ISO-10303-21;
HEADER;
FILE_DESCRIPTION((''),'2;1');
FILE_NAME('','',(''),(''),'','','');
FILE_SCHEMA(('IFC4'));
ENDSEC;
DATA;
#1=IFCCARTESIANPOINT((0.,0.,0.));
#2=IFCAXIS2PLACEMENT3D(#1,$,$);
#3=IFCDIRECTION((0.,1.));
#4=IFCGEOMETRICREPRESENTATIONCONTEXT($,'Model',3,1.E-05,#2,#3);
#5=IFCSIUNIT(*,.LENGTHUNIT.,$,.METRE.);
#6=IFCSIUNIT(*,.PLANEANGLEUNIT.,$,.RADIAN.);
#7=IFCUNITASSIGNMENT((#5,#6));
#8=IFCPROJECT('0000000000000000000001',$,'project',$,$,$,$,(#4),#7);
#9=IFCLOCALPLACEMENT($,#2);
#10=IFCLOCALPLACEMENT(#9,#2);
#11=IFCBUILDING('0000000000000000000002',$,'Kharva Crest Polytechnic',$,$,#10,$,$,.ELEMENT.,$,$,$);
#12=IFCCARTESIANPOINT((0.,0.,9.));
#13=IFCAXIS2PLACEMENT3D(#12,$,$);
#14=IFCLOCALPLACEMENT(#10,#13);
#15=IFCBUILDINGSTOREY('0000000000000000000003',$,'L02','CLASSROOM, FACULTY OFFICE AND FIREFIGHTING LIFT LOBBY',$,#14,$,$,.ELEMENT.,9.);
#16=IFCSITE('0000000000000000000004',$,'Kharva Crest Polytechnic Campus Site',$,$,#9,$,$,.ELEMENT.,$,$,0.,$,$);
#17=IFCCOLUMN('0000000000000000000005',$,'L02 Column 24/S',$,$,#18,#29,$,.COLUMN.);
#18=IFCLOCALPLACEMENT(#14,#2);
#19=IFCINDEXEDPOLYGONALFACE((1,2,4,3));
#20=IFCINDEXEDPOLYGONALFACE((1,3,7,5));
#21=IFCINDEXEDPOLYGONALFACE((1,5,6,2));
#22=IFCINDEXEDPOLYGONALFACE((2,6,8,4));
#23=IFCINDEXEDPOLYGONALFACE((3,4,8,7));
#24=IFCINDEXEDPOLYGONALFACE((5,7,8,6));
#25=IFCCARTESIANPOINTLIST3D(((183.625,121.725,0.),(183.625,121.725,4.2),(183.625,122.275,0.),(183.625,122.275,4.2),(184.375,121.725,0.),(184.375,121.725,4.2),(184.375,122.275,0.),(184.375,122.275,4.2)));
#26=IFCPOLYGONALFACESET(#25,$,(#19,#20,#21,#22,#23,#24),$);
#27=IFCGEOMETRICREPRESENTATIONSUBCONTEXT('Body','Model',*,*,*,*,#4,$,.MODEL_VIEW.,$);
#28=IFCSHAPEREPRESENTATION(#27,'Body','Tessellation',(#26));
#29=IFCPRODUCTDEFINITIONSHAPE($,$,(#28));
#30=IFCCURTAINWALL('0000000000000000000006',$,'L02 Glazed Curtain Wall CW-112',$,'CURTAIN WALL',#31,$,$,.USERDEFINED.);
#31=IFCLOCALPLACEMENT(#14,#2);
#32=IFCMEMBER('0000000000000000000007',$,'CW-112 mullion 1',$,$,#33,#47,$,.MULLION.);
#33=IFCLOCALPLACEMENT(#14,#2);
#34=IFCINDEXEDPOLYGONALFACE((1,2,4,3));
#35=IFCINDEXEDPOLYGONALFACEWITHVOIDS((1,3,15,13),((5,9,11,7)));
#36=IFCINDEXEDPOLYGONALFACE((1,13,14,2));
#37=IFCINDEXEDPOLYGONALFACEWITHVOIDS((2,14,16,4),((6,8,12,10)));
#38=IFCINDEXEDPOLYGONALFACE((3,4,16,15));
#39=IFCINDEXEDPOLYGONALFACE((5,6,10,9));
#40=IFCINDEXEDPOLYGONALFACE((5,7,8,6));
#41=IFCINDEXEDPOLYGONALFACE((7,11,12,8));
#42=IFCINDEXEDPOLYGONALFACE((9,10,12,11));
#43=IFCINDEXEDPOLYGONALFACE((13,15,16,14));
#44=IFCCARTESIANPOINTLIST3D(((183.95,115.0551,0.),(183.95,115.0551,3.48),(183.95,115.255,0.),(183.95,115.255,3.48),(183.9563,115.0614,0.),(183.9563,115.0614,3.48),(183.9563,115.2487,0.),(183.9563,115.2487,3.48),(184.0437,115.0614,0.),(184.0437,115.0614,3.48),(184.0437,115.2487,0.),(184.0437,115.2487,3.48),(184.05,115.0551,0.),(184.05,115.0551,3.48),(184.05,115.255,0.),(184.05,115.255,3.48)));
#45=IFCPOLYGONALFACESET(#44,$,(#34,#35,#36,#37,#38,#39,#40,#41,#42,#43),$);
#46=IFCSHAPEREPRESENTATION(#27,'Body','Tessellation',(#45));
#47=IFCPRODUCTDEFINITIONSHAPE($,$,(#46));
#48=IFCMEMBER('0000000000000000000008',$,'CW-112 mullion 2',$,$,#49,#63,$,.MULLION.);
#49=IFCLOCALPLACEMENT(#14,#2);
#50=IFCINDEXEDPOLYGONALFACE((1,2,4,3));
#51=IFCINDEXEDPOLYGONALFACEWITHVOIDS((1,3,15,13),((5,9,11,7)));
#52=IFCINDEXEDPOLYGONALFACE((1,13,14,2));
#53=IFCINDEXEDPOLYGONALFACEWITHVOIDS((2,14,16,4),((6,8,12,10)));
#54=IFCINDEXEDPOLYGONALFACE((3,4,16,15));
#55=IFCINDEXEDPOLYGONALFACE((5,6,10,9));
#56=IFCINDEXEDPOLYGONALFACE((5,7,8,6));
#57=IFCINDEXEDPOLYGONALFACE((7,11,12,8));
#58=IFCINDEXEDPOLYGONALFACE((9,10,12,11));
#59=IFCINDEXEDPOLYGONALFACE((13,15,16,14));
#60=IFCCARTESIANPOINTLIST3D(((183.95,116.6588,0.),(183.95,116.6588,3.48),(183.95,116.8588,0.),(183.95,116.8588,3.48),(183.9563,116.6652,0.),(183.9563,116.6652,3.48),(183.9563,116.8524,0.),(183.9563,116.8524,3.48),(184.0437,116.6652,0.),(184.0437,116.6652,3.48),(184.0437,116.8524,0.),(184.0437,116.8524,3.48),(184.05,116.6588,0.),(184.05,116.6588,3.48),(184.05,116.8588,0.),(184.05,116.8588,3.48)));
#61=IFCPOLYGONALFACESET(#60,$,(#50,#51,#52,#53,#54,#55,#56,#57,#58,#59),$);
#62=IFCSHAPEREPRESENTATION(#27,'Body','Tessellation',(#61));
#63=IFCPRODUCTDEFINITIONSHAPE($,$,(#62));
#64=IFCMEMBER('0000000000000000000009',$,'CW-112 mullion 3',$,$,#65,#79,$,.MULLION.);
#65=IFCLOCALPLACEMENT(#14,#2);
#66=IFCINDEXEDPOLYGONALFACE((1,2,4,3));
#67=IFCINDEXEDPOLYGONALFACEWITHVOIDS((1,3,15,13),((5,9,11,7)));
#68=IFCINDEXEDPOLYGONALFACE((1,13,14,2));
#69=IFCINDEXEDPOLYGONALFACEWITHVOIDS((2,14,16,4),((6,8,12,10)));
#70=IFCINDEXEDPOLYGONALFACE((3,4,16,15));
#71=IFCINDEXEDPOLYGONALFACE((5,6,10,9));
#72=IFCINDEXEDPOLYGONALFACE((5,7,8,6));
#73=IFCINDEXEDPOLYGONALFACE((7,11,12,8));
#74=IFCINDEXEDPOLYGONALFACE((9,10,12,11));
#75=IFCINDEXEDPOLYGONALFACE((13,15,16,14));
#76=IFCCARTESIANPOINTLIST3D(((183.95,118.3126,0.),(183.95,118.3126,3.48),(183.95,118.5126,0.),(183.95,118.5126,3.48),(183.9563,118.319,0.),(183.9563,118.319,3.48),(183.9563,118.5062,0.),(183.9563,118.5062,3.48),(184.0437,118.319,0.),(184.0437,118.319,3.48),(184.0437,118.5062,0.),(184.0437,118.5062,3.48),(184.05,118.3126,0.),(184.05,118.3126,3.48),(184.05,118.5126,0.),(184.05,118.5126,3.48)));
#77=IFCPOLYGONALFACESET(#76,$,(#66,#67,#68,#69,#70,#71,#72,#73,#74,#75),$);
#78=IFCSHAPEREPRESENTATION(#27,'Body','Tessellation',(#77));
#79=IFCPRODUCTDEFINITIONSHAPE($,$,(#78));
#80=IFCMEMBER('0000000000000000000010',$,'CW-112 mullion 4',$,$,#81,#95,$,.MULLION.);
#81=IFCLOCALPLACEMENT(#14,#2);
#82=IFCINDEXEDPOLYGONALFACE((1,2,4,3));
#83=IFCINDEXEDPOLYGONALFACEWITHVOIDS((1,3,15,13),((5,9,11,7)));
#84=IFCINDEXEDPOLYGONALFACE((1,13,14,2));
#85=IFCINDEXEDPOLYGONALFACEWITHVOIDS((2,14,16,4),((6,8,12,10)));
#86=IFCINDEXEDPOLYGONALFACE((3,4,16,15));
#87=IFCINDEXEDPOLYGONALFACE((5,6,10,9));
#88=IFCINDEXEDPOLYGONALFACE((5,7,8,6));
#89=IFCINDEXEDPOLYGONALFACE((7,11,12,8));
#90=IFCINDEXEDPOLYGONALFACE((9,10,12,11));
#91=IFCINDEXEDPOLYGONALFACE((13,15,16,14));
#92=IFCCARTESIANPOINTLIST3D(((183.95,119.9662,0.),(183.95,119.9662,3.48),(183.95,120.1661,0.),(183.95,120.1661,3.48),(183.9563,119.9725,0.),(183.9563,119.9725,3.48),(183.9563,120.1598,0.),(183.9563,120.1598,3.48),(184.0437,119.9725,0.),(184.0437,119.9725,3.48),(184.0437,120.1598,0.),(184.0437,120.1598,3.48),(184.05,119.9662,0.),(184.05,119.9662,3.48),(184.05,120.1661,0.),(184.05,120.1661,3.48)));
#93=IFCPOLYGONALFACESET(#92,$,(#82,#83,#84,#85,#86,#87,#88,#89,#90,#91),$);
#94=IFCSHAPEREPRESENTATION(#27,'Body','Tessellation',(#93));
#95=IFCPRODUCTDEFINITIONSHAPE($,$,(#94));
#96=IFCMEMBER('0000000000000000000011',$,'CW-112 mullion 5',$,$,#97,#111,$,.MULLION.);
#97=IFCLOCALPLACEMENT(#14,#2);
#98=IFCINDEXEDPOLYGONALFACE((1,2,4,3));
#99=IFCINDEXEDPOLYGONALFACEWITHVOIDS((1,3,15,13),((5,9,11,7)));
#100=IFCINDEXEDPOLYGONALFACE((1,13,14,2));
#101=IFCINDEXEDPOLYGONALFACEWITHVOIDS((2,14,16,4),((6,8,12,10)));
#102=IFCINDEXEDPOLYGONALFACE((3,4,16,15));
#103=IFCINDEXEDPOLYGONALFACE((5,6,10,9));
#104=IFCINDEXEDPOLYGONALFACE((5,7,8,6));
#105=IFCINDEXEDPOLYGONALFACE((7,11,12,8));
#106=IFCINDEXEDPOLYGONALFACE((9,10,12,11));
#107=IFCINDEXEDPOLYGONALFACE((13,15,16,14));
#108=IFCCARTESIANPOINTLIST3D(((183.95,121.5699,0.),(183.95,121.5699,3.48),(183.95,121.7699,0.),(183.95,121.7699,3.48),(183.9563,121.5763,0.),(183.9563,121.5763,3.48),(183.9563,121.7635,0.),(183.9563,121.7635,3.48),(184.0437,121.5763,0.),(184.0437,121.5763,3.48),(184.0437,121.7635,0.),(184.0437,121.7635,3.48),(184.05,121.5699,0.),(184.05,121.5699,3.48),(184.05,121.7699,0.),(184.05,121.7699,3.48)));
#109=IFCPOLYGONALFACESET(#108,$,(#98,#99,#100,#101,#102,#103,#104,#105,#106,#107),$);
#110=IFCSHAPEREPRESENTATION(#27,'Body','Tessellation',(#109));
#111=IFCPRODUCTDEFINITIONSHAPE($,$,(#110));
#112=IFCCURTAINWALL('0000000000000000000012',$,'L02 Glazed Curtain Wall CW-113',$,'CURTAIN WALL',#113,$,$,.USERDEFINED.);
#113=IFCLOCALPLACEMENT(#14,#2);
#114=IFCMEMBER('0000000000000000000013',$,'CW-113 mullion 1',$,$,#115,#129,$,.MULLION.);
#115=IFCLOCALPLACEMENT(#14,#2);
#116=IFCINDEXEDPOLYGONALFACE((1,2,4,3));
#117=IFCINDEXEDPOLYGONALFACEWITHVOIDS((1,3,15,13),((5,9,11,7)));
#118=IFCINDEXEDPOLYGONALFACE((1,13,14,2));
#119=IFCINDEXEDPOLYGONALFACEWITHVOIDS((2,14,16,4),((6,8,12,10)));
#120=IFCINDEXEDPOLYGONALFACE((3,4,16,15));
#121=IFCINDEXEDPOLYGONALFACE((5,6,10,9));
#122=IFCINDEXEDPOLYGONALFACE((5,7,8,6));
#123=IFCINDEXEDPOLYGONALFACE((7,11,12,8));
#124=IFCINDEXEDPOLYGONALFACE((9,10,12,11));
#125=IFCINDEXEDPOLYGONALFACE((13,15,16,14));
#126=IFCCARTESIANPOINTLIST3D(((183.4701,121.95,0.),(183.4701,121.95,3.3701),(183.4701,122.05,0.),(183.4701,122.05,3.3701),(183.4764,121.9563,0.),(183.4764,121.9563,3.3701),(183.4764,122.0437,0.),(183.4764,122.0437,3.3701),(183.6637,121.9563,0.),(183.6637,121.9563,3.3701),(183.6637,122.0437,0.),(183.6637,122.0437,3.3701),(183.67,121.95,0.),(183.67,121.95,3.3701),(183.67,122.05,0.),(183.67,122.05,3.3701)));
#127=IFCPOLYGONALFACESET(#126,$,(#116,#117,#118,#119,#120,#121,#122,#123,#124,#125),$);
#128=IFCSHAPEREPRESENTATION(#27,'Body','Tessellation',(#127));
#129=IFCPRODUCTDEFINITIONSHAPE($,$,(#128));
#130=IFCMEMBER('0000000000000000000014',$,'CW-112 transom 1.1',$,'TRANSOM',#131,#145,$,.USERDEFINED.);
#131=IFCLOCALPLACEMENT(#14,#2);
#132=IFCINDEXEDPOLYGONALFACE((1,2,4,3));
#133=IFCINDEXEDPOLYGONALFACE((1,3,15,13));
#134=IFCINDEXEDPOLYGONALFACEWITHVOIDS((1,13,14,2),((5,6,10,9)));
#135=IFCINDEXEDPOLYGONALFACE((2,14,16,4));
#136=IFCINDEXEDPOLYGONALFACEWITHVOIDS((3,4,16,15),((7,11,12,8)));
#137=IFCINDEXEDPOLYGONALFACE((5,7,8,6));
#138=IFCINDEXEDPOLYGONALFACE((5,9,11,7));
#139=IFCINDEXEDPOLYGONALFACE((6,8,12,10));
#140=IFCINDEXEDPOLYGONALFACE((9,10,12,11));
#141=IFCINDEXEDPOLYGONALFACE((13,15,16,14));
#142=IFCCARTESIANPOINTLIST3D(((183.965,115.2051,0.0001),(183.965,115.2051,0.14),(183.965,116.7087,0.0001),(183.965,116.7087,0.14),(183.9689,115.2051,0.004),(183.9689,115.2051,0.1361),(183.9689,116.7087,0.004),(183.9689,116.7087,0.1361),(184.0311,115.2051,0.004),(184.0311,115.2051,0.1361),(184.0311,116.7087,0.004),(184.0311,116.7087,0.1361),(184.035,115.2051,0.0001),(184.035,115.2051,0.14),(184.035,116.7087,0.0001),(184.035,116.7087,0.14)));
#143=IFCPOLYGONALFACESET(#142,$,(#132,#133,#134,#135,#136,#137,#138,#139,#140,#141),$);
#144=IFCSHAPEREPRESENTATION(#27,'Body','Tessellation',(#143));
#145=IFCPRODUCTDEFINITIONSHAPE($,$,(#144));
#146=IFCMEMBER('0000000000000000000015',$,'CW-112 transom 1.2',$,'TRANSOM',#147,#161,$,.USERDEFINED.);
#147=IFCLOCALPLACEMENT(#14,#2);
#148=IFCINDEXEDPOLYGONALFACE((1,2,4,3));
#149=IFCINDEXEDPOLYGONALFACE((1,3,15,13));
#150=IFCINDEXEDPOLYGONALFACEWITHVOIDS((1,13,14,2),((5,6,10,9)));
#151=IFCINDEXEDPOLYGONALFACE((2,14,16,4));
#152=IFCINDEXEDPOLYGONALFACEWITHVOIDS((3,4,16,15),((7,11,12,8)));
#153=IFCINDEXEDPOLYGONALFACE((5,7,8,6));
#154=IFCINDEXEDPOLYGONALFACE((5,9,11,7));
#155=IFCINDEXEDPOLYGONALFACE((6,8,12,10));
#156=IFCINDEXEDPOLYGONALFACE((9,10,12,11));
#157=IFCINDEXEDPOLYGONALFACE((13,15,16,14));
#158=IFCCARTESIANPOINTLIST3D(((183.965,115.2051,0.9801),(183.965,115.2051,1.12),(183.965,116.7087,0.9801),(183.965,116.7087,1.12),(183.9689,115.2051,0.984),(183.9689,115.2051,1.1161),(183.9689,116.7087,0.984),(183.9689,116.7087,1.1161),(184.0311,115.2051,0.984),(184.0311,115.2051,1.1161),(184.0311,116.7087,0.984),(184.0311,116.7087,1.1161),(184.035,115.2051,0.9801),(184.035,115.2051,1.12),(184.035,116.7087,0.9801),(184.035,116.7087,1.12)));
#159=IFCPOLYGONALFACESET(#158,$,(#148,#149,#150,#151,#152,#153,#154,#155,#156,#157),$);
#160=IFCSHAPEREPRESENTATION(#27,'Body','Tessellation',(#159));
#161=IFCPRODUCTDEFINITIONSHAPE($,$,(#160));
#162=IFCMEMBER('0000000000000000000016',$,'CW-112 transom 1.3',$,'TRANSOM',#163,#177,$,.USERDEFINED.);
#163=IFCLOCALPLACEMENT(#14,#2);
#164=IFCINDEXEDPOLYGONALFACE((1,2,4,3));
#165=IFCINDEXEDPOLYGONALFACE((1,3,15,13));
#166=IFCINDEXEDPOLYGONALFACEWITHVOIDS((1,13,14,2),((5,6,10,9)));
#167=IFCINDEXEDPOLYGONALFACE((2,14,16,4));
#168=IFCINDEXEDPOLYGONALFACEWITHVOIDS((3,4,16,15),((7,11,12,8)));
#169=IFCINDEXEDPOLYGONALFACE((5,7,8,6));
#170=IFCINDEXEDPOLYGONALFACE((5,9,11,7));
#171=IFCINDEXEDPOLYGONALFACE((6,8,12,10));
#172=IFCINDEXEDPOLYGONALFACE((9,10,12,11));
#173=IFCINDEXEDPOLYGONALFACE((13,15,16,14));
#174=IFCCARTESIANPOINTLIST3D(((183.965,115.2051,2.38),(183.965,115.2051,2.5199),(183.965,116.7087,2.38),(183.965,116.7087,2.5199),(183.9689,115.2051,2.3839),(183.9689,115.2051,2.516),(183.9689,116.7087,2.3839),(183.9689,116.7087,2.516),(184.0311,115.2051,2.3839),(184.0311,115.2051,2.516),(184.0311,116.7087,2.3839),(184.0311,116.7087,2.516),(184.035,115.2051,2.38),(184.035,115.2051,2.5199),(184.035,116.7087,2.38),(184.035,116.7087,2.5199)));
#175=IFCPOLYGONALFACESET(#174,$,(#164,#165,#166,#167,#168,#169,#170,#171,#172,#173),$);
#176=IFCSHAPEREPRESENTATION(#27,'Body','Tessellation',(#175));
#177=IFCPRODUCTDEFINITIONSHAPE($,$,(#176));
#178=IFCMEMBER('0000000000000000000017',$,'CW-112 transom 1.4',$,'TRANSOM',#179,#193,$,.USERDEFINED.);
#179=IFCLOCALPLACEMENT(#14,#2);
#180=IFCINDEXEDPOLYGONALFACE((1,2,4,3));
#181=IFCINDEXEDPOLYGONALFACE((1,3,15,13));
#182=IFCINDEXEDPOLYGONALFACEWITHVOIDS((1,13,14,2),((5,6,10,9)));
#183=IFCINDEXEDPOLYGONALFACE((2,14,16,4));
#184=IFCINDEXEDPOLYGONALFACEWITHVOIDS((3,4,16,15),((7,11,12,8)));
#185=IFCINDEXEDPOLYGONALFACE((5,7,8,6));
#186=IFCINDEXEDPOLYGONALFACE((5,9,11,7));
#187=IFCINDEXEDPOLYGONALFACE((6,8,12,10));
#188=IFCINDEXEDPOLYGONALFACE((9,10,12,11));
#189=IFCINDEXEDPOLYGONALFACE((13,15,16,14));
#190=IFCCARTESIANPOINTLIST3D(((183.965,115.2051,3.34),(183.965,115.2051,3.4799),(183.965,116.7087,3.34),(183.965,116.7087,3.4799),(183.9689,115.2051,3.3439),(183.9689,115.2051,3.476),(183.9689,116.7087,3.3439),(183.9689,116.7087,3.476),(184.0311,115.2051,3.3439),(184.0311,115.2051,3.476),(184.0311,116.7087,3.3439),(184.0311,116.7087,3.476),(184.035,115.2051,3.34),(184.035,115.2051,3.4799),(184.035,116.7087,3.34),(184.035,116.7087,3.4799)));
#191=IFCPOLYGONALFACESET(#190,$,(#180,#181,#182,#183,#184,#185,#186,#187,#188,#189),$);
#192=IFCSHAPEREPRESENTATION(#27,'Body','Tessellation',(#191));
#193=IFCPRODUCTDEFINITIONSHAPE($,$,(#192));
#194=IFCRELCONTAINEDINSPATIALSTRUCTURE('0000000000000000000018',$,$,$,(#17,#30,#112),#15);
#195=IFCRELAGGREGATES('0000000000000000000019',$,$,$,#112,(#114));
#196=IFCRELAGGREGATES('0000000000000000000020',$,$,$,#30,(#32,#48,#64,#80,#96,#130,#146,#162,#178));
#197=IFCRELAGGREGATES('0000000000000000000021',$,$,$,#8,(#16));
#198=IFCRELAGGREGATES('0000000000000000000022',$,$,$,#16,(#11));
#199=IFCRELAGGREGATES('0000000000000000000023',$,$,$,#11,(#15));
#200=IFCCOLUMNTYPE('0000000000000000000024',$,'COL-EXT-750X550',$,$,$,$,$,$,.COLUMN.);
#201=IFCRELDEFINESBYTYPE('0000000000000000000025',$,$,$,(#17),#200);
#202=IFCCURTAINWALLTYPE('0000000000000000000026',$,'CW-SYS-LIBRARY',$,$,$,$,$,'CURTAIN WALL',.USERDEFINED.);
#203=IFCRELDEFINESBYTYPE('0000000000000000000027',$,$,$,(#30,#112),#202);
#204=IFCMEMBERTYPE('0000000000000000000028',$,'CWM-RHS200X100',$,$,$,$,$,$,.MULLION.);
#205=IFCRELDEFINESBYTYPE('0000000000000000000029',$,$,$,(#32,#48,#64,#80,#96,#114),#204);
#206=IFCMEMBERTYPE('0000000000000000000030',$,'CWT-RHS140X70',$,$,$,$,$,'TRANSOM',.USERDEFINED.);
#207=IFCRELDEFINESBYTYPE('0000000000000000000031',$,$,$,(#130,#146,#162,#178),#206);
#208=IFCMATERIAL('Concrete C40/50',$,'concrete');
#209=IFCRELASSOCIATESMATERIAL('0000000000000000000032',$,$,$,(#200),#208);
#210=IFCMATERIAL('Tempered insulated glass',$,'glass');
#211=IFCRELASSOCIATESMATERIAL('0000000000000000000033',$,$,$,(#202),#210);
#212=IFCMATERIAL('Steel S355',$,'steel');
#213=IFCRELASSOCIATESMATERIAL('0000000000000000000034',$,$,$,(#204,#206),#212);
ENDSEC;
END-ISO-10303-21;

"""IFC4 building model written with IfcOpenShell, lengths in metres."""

from ifc_helpers import new_model, si_unit, direction, frame, origin, origin_2d, place, context, subcontext, project, spatial, rectangle, hollow_rectangle, extrude, material, material_profile, profile_set, type_object, element, aggregate, save


model = new_model("IFC4")

# Units and contexts
model_context = context("Model", 3, precision=1e-05, world=origin(), true_north=direction((0.0, 1.0)))
body_context = subcontext(model_context, "Body", "Model", "MODEL_VIEW")
ifc_project = project(units=[si_unit("LENGTHUNIT", "METRE"), si_unit("PLANEANGLEUNIT", "RADIAN")], contexts=[model_context])

# Site, building, storey
site_placement = place(None, origin())
site = spatial("IfcSite", under=ifc_project, at=site_placement, Name="Kharva Crest Polytechnic Campus Site", CompositionType="ELEMENT", RefElevation=0.0)
building_placement = place(site_placement, origin())
building = spatial("IfcBuilding", under=site, at=building_placement, Name="Kharva Crest Polytechnic", CompositionType="ELEMENT")
storey_placement = place(building_placement, frame((0.0, 0.0, 9.0)))
storey = spatial("IfcBuildingStorey", under=building, at=storey_placement, Name="L02", Description="CLASSROOM, FACULTY OFFICE AND FIREFIGHTING LIFT LOBBY", CompositionType="ELEMENT", Elevation=9.0)

# Column
ifc_material_1 = material(Name="Concrete C40/50", Category="concrete")
ifc_material_profile_1 = material_profile(ifc_material_1, rectangle(XDim=0.75, YDim=0.55, at=origin_2d()), Name="RECT 750 X 550")
ifc_profile_set_1 = profile_set([ifc_material_profile_1], Name="Concrete C40/50")
column_type = type_object("IfcColumnType", Name="COL-EXT-750X550", PredefinedType="COLUMN", material=ifc_profile_set_1)
column_placement = place(storey_placement, frame((184.0, 122.0, 0.0), z_axis=(0.0, 0.0, 1.0), x_axis=(1.0, 0.0, 0.0)))
element("IfcColumn", 1, at=column_placement, inside=storey, type_object=column_type, Name="L02 Column 24/S", PredefinedType="COLUMN", context=body_context, shape_type="SweptSolid", body=[
    extrude(rectangle(XDim=0.75, YDim=0.55, at=origin_2d()), origin(), (0.0, 0.0, 1.0), 4.2),
])

# Curtain wall, members
ifc_material_2 = material(Name="Tempered insulated glass", Category="glass")
curtain_wall_type = type_object("IfcCurtainWallType", Name="CW-SYS-LIBRARY", ElementType="CURTAIN WALL", PredefinedType="USERDEFINED", material=ifc_material_2)
curtain_wall_1_placement = place(storey_placement, origin())
curtain_wall_1 = element("IfcCurtainWall", 2, at=curtain_wall_1_placement, inside=storey, type_object=curtain_wall_type, Name="L02 Glazed Curtain Wall CW-112", ObjectType="CURTAIN WALL", PredefinedType="USERDEFINED")
ifc_material_3 = material(Name="Steel S355", Category="steel")
ifc_material_profile_2 = material_profile(ifc_material_3, hollow_rectangle(XDim=0.1001, YDim=0.2, WallThickness=0.0063, at=origin_2d()), Name="RHS 200X100X6.3")
ifc_profile_set_2 = profile_set([ifc_material_profile_2], Name="Steel S355")
member_type_1 = type_object("IfcMemberType", Name="CWM-RHS200X100", PredefinedType="MULLION", material=ifc_profile_set_2)
member_1_placement = place(storey_placement, frame((184.0, 115.155, 0.0), z_axis=(0.0, 0.0, 1.0), x_axis=(-1.0, 0.0, 0.0)))
member_1 = element("IfcMember", 3, at=member_1_placement, type_object=member_type_1, Name="CW-112 mullion 1", PredefinedType="MULLION", context=body_context, shape_type="SweptSolid", body=[
    extrude(hollow_rectangle(XDim=0.1001, YDim=0.2, WallThickness=0.0063, at=origin_2d()), origin(), (0.0, 0.0, 1.0), 3.48),
])
member_2_placement = place(storey_placement, frame((184.0, 116.7588, 0.0), z_axis=(0.0, 0.0, 1.0), x_axis=(-1.0, 0.0, 0.0)))
member_2 = element("IfcMember", 4, at=member_2_placement, type_object=member_type_1, Name="CW-112 mullion 2", PredefinedType="MULLION", context=body_context, shape_type="SweptSolid", body=[
    extrude(hollow_rectangle(XDim=0.1001, YDim=0.2, WallThickness=0.0063, at=origin_2d()), origin(), (0.0, 0.0, 1.0), 3.48),
])
member_3_placement = place(storey_placement, frame((184.0, 118.4126, 0.0), z_axis=(0.0, 0.0, 1.0), x_axis=(-1.0, 0.0, 0.0)))
member_3 = element("IfcMember", 5, at=member_3_placement, type_object=member_type_1, Name="CW-112 mullion 3", PredefinedType="MULLION", context=body_context, shape_type="SweptSolid", body=[
    extrude(hollow_rectangle(XDim=0.1001, YDim=0.2, WallThickness=0.0063, at=origin_2d()), origin(), (0.0, 0.0, 1.0), 3.48),
])
member_4_placement = place(storey_placement, frame((184.0, 120.0662, 0.0), z_axis=(0.0, 0.0, 1.0), x_axis=(-1.0, 0.0, 0.0)))
member_4 = element("IfcMember", 6, at=member_4_placement, type_object=member_type_1, Name="CW-112 mullion 4", PredefinedType="MULLION", context=body_context, shape_type="SweptSolid", body=[
    extrude(hollow_rectangle(XDim=0.1001, YDim=0.2, WallThickness=0.0063, at=origin_2d()), origin(), (0.0, 0.0, 1.0), 3.48),
])
member_5_placement = place(storey_placement, frame((184.0, 121.6699, 0.0), z_axis=(0.0, 0.0, 1.0), x_axis=(-1.0, 0.0, 0.0)))
member_5 = element("IfcMember", 7, at=member_5_placement, type_object=member_type_1, Name="CW-112 mullion 5", PredefinedType="MULLION", context=body_context, shape_type="SweptSolid", body=[
    extrude(hollow_rectangle(XDim=0.1001, YDim=0.2, WallThickness=0.0063, at=origin_2d()), origin(), (0.0, 0.0, 1.0), 3.48),
])

# Curtain wall, member
curtain_wall_2_placement = place(storey_placement, origin())
curtain_wall_2 = element("IfcCurtainWall", 8, at=curtain_wall_2_placement, inside=storey, type_object=curtain_wall_type, Name="L02 Glazed Curtain Wall CW-113", ObjectType="CURTAIN WALL", PredefinedType="USERDEFINED")
member_6_placement = place(storey_placement, frame((183.5701, 122.0, 0.0), z_axis=(0.0, 0.0, 1.0), x_axis=(0.0, -1.0, 0.0)))
member_6 = element("IfcMember", 9, at=member_6_placement, type_object=member_type_1, Name="CW-113 mullion 1", PredefinedType="MULLION", context=body_context, shape_type="SweptSolid", body=[
    extrude(hollow_rectangle(XDim=0.1001, YDim=0.2, WallThickness=0.0063, at=origin_2d()), origin(), (0.0, 0.0, 1.0), 3.3701),
])

# Members
ifc_material_profile_3 = material_profile(ifc_material_3, hollow_rectangle(XDim=0.0701, YDim=0.1399, WallThickness=0.0039, at=origin_2d()), Name="RHS 140X70X4.0")
ifc_profile_set_3 = profile_set([ifc_material_profile_3], Name="Steel S355")
member_type_2 = type_object("IfcMemberType", Name="CWT-RHS140X70", ElementType="TRANSOM", PredefinedType="USERDEFINED", material=ifc_profile_set_3)
member_7_placement = place(storey_placement, frame((184.0, 115.2051, 0.0701), z_axis=(0.0, 1.0, 0.0), x_axis=(-1.0, 0.0, 0.0)))
member_7 = element("IfcMember", 10, at=member_7_placement, type_object=member_type_2, Name="CW-112 transom 1.1", ObjectType="TRANSOM", PredefinedType="USERDEFINED", context=body_context, shape_type="SweptSolid", body=[
    extrude(hollow_rectangle(XDim=0.0701, YDim=0.1399, WallThickness=0.0039, at=origin_2d()), origin(), (0.0, 0.0, 1.0), 1.5037),
])
member_8_placement = place(storey_placement, frame((184.0, 115.2051, 1.05), z_axis=(0.0, 1.0, 0.0), x_axis=(-1.0, 0.0, 0.0)))
member_8 = element("IfcMember", 11, at=member_8_placement, type_object=member_type_2, Name="CW-112 transom 1.2", ObjectType="TRANSOM", PredefinedType="USERDEFINED", context=body_context, shape_type="SweptSolid", body=[
    extrude(hollow_rectangle(XDim=0.0701, YDim=0.1399, WallThickness=0.0039, at=origin_2d()), origin(), (0.0, 0.0, 1.0), 1.5037),
])
member_9_placement = place(storey_placement, frame((184.0, 115.2051, 2.45), z_axis=(0.0, 1.0, 0.0), x_axis=(-1.0, 0.0, 0.0)))
member_9 = element("IfcMember", 12, at=member_9_placement, type_object=member_type_2, Name="CW-112 transom 1.3", ObjectType="TRANSOM", PredefinedType="USERDEFINED", context=body_context, shape_type="SweptSolid", body=[
    extrude(hollow_rectangle(XDim=0.0701, YDim=0.1399, WallThickness=0.0039, at=origin_2d()), origin(), (0.0, 0.0, 1.0), 1.5037),
])
member_10_placement = place(storey_placement, frame((184.0, 115.2051, 3.4099), z_axis=(0.0, 1.0, 0.0), x_axis=(-1.0, 0.0, 0.0)))
member_10 = element("IfcMember", 13, at=member_10_placement, type_object=member_type_2, Name="CW-112 transom 1.4", ObjectType="TRANSOM", PredefinedType="USERDEFINED", context=body_context, shape_type="SweptSolid", body=[
    extrude(hollow_rectangle(XDim=0.0701, YDim=0.1399, WallThickness=0.0039, at=origin_2d()), origin(), (0.0, 0.0, 1.0), 1.5037),
])
aggregate(curtain_wall_2, [member_6])

aggregate(curtain_wall_1, [member_1, member_2, member_3, member_4, member_5, member_7, member_8, member_9, member_10])

save(model, "model.ifc")
